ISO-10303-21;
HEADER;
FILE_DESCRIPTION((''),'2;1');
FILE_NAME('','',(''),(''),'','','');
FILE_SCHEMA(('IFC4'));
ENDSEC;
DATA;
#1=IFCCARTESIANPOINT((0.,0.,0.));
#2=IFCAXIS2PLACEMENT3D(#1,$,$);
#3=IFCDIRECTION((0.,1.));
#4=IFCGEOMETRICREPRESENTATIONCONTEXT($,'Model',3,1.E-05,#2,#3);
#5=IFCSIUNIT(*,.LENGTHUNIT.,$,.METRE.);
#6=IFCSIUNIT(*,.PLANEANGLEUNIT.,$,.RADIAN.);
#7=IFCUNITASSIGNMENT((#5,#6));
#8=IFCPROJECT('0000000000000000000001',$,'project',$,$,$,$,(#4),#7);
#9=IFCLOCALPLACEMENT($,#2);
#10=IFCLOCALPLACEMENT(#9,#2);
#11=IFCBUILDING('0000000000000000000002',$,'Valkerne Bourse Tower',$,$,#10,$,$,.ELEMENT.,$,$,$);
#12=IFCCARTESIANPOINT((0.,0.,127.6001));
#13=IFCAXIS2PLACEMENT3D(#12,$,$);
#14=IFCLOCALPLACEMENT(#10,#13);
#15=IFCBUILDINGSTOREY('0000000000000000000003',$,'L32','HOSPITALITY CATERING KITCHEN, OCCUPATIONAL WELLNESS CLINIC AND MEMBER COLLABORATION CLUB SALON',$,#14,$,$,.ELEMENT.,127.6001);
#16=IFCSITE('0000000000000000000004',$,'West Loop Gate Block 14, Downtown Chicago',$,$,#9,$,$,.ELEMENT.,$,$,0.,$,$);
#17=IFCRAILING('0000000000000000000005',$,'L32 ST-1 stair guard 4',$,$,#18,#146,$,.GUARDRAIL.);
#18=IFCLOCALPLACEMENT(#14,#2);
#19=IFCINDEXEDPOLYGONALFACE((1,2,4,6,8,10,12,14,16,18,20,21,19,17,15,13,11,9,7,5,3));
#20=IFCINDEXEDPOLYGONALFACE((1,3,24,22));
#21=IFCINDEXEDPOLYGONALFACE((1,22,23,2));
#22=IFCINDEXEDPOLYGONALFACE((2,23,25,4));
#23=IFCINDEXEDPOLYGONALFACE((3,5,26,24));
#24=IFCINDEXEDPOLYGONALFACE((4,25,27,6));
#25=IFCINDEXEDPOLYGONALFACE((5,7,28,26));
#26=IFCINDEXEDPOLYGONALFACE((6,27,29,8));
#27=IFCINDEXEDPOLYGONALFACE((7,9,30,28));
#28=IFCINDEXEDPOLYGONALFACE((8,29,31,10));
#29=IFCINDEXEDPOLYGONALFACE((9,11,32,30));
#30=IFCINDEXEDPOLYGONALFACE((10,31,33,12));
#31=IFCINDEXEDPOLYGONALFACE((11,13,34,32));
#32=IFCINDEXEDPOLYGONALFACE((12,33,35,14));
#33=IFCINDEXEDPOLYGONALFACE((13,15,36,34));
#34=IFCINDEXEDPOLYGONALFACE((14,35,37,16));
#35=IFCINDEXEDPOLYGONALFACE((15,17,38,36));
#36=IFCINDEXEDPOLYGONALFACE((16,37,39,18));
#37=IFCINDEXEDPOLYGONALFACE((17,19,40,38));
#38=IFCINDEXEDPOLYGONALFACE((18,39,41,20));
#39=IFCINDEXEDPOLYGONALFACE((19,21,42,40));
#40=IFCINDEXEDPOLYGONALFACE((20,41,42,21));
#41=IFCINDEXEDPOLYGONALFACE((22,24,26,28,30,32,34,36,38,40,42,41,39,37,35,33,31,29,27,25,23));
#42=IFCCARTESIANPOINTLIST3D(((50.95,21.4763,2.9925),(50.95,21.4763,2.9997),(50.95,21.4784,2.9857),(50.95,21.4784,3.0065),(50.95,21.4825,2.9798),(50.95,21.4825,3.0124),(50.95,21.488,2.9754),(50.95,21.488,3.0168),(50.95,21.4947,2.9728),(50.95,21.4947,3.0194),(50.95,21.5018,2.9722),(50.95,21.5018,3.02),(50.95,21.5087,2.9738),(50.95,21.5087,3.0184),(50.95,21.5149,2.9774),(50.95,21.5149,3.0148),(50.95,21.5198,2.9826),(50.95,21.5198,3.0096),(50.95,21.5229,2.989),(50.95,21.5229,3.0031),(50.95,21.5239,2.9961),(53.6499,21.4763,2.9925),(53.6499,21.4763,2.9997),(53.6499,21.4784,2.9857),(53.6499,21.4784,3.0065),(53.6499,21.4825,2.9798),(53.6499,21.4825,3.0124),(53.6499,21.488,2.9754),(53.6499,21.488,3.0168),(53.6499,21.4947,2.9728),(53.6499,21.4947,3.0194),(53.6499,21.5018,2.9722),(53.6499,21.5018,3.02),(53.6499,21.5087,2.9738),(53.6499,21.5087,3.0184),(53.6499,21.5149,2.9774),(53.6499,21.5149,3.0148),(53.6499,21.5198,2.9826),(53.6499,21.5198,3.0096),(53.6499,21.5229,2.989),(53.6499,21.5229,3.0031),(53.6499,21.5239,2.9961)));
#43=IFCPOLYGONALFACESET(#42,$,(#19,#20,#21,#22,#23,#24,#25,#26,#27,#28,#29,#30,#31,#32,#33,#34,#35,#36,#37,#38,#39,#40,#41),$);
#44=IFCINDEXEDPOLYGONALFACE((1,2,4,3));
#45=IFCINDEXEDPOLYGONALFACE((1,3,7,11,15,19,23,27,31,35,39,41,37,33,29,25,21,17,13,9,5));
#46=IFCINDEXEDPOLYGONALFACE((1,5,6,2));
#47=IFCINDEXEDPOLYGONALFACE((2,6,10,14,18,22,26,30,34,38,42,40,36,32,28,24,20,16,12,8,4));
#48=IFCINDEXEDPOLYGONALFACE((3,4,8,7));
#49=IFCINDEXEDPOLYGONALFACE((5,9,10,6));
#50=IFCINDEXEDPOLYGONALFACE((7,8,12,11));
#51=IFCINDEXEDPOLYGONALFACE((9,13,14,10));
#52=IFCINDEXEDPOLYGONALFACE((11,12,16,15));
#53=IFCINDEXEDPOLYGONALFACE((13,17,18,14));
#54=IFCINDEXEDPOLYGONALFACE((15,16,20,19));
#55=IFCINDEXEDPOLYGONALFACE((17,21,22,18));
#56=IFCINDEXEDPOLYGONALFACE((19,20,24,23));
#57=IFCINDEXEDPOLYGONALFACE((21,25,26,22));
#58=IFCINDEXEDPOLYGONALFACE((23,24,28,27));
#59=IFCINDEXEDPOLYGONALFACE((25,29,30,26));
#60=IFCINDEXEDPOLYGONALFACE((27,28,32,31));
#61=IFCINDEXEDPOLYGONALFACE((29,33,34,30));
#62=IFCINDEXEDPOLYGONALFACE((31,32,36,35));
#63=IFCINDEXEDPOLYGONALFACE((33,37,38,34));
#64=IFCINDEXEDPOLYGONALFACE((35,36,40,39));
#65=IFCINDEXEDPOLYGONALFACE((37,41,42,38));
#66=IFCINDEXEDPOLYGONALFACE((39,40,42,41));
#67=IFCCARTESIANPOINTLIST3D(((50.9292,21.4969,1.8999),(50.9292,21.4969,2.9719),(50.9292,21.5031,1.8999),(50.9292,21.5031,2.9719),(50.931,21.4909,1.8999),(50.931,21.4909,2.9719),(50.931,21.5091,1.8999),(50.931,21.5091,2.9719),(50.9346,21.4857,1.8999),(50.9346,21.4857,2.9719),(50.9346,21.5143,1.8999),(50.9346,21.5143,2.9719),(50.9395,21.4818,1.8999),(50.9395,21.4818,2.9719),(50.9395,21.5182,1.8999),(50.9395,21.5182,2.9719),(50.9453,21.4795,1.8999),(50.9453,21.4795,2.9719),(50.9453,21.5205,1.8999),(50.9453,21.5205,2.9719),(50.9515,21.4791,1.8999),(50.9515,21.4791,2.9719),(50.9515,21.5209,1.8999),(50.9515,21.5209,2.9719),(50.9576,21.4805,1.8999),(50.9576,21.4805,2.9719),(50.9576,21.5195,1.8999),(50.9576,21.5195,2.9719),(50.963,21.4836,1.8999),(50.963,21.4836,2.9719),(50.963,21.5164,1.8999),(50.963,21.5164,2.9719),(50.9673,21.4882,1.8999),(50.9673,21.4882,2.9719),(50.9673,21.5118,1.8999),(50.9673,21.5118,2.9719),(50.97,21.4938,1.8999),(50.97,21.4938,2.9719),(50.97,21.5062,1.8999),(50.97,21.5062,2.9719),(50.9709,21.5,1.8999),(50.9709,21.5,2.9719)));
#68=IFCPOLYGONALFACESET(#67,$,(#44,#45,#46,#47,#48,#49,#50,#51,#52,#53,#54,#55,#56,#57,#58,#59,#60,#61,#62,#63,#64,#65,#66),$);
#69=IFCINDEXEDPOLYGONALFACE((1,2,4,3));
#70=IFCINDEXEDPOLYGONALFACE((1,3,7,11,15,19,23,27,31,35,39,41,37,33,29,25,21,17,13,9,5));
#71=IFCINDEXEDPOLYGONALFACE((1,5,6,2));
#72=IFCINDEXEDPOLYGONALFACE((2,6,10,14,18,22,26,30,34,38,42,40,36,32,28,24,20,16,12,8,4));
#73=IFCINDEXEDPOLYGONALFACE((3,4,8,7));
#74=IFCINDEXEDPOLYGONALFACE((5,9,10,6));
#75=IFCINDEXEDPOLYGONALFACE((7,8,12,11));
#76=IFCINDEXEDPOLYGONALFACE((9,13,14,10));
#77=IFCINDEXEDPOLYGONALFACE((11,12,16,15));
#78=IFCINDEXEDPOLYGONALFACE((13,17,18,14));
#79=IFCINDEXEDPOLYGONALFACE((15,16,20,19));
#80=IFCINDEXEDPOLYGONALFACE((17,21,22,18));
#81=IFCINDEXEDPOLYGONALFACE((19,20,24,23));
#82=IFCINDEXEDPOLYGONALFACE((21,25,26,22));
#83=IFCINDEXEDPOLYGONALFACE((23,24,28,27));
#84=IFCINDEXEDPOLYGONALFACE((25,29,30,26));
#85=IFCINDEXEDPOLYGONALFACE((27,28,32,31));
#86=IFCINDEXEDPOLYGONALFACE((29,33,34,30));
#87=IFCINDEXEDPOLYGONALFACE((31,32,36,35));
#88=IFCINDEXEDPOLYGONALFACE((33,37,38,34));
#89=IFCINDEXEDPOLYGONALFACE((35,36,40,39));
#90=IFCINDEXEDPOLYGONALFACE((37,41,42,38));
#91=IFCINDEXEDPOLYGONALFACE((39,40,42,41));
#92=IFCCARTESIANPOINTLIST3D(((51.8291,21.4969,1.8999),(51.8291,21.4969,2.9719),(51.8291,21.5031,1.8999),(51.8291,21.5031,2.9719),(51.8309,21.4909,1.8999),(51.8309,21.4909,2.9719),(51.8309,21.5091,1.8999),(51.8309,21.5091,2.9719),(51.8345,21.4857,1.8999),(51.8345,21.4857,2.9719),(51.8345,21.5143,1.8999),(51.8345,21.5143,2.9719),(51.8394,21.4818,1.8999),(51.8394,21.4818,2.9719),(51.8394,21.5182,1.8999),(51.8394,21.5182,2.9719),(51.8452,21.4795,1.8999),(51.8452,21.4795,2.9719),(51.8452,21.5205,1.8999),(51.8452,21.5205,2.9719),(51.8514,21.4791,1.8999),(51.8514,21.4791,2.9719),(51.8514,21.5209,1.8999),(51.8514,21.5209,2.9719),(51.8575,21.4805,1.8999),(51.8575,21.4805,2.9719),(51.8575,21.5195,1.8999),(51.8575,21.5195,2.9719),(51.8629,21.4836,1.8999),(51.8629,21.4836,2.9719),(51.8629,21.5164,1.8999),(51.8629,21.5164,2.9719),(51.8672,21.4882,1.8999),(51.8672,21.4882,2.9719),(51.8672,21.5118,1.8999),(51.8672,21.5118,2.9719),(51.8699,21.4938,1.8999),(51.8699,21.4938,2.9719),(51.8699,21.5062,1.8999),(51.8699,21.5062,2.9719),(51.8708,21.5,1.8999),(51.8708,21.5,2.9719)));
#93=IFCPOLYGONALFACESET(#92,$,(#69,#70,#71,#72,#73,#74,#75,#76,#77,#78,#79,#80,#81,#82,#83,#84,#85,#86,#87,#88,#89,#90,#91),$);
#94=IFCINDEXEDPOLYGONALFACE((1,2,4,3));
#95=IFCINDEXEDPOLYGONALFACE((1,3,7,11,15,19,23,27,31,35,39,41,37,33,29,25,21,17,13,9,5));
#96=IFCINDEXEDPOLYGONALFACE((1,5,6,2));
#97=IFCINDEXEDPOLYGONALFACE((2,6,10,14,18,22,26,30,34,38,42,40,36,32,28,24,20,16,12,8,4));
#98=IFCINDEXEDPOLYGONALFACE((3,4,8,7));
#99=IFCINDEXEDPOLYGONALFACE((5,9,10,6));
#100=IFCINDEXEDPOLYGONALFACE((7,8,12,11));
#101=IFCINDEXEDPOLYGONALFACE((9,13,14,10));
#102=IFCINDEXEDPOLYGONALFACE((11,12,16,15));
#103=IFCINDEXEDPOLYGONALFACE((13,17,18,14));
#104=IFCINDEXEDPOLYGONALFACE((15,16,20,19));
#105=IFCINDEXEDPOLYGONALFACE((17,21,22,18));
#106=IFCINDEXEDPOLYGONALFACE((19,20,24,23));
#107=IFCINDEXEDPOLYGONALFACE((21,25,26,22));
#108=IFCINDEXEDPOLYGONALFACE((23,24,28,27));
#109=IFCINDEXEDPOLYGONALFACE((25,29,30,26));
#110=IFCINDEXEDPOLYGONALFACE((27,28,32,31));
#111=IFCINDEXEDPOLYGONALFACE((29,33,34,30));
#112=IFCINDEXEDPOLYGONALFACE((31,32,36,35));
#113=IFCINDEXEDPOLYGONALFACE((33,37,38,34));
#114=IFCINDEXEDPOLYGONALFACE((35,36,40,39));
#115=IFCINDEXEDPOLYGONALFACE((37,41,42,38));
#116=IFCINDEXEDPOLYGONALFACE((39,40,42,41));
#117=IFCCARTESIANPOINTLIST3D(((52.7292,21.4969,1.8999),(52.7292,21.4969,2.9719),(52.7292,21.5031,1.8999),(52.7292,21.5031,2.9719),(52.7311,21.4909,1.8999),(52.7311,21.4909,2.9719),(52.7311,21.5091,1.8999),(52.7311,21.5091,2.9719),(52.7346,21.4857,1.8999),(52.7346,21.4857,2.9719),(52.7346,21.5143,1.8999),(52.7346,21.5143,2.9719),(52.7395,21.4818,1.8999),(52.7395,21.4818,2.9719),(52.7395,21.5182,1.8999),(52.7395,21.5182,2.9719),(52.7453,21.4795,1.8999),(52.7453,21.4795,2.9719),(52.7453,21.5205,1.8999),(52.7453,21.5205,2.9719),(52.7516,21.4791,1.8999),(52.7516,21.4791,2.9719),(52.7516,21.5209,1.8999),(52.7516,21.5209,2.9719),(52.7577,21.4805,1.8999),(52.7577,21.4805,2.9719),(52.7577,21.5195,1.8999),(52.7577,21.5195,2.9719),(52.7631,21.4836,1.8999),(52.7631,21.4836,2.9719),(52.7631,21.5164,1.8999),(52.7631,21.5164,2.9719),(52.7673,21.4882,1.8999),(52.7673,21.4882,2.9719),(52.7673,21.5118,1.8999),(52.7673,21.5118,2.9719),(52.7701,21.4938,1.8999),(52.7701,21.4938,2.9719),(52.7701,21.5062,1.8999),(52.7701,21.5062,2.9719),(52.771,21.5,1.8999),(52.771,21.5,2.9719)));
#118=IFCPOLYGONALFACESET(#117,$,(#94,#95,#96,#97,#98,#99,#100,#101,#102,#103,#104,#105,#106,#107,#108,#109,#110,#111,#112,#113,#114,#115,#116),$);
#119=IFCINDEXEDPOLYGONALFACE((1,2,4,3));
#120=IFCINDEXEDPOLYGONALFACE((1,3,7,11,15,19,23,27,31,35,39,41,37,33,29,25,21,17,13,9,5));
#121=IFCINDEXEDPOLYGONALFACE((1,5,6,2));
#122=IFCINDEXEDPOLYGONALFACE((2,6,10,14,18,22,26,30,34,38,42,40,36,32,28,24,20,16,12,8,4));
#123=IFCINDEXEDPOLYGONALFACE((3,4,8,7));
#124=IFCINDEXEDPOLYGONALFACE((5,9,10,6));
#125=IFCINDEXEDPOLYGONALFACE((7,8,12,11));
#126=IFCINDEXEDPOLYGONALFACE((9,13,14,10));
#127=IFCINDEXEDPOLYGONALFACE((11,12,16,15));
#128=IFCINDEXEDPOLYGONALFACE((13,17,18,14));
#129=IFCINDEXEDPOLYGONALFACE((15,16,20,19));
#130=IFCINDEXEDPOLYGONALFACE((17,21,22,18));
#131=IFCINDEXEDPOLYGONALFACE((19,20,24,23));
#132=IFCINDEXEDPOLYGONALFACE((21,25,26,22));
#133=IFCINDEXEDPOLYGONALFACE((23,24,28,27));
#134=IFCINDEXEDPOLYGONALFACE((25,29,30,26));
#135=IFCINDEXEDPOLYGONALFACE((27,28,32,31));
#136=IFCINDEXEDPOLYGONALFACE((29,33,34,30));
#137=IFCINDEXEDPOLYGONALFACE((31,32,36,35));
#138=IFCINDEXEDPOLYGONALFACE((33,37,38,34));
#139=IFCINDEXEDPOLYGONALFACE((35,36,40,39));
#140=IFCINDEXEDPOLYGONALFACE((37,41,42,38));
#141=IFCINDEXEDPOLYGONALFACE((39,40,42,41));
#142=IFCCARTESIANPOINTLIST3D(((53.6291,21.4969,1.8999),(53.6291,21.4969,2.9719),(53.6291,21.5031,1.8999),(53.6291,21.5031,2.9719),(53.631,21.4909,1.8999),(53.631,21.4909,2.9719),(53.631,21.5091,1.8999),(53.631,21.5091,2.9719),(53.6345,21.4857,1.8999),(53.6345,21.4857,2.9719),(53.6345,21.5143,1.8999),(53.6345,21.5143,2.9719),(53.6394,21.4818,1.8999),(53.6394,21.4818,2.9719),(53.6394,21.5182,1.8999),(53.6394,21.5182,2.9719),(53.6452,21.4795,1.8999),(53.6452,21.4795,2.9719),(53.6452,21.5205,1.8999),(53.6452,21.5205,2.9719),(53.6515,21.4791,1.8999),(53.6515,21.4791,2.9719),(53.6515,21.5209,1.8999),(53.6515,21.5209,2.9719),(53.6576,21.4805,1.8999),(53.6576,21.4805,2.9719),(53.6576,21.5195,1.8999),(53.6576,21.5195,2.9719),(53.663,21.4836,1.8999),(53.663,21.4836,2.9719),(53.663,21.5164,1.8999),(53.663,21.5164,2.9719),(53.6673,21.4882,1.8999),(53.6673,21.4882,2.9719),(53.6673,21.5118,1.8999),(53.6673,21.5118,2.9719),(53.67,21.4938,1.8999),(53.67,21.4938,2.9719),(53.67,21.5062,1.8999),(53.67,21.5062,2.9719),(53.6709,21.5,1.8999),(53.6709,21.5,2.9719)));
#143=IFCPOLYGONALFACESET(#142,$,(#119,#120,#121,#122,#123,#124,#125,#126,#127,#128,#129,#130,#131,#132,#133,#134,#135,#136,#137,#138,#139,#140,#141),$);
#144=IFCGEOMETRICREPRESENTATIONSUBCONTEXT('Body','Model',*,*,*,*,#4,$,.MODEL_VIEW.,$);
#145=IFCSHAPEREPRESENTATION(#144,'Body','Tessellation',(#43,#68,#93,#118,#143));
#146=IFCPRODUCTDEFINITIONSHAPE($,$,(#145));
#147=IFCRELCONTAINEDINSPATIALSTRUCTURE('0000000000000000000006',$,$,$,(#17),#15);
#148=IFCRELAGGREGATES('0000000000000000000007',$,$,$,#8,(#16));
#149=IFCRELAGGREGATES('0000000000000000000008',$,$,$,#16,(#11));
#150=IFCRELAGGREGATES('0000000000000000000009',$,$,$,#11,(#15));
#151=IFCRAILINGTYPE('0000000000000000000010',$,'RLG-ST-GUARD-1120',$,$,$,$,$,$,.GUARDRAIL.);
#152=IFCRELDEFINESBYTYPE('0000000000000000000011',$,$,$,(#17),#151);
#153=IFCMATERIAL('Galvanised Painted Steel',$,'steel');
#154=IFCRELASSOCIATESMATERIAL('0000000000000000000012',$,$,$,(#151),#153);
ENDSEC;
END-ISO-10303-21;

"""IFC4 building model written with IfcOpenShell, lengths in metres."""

from ifc_helpers import new_model, si_unit, direction, frame, origin, origin_2d, place, context, subcontext, project, spatial, circle, extrude, material, type_object, element, save


model = new_model("IFC4")

# Units and contexts
model_context = context("Model", 3, precision=1e-05, world=origin(), true_north=direction((0.0, 1.0)))
body_context = subcontext(model_context, "Body", "Model", "MODEL_VIEW")
ifc_project = project(units=[si_unit("LENGTHUNIT", "METRE"), si_unit("PLANEANGLEUNIT", "RADIAN")], contexts=[model_context])

# Site, building, storey
site_placement = place(None, origin())
site = spatial("IfcSite", under=ifc_project, at=site_placement, Name="West Loop Gate Block 14, Downtown Chicago", CompositionType="ELEMENT", RefElevation=0.0)
building_placement = place(site_placement, origin())
building = spatial("IfcBuilding", under=site, at=building_placement, Name="Valkerne Bourse Tower", CompositionType="ELEMENT")
storey_placement = place(building_placement, frame((0.0, 0.0, 127.6001)))
storey = spatial("IfcBuildingStorey", under=building, at=storey_placement, Name="L32", Description="HOSPITALITY CATERING KITCHEN, OCCUPATIONAL WELLNESS CLINIC AND MEMBER COLLABORATION CLUB SALON", CompositionType="ELEMENT", Elevation=127.6001)

# Shared definitions
ifc_material_1 = material(Name="Galvanised Painted Steel", Category="steel")

# Railing
railing_type_1 = type_object("IfcRailingType", Name="RLG-ST-GUARD-1120", PredefinedType="GUARDRAIL", material=ifc_material_1)
for number, where, name in (
    (1, (50.95, 21.5, 1.8999), "L32 ST-1 stair guard 4"),
):
    element("IfcRailing", number, at=place(storey_placement, frame(where)), inside=storey, type_object=railing_type_1, Name=name, PredefinedType="GUARDRAIL", context=body_context, shape_type="SweptSolid", body=[
        extrude(circle(Radius=0.0239, at=origin_2d()), frame((0.0, 0.0, 1.0962), z_axis=(1.0, 0.0, 0.0), x_axis=(0.0, 1.0, 0.0)), (0.0, 0.0, 1.0), 2.7),
        extrude(circle(Radius=0.021, at=origin_2d()), origin(), (0.0, 0.0, 1.0), 1.072),
        extrude(circle(Radius=0.021, at=origin_2d()), frame((0.8999, 0.0, 0.0)), (0.0, 0.0, 1.0), 1.072),
        extrude(circle(Radius=0.021, at=origin_2d()), frame((1.8, 0.0, 0.0)), (0.0, 0.0, 1.0), 1.072),
        extrude(circle(Radius=0.021, at=origin_2d()), frame((2.7, 0.0, 0.0)), (0.0, 0.0, 1.0), 1.072),
    ])

save(model, "model.ifc")
